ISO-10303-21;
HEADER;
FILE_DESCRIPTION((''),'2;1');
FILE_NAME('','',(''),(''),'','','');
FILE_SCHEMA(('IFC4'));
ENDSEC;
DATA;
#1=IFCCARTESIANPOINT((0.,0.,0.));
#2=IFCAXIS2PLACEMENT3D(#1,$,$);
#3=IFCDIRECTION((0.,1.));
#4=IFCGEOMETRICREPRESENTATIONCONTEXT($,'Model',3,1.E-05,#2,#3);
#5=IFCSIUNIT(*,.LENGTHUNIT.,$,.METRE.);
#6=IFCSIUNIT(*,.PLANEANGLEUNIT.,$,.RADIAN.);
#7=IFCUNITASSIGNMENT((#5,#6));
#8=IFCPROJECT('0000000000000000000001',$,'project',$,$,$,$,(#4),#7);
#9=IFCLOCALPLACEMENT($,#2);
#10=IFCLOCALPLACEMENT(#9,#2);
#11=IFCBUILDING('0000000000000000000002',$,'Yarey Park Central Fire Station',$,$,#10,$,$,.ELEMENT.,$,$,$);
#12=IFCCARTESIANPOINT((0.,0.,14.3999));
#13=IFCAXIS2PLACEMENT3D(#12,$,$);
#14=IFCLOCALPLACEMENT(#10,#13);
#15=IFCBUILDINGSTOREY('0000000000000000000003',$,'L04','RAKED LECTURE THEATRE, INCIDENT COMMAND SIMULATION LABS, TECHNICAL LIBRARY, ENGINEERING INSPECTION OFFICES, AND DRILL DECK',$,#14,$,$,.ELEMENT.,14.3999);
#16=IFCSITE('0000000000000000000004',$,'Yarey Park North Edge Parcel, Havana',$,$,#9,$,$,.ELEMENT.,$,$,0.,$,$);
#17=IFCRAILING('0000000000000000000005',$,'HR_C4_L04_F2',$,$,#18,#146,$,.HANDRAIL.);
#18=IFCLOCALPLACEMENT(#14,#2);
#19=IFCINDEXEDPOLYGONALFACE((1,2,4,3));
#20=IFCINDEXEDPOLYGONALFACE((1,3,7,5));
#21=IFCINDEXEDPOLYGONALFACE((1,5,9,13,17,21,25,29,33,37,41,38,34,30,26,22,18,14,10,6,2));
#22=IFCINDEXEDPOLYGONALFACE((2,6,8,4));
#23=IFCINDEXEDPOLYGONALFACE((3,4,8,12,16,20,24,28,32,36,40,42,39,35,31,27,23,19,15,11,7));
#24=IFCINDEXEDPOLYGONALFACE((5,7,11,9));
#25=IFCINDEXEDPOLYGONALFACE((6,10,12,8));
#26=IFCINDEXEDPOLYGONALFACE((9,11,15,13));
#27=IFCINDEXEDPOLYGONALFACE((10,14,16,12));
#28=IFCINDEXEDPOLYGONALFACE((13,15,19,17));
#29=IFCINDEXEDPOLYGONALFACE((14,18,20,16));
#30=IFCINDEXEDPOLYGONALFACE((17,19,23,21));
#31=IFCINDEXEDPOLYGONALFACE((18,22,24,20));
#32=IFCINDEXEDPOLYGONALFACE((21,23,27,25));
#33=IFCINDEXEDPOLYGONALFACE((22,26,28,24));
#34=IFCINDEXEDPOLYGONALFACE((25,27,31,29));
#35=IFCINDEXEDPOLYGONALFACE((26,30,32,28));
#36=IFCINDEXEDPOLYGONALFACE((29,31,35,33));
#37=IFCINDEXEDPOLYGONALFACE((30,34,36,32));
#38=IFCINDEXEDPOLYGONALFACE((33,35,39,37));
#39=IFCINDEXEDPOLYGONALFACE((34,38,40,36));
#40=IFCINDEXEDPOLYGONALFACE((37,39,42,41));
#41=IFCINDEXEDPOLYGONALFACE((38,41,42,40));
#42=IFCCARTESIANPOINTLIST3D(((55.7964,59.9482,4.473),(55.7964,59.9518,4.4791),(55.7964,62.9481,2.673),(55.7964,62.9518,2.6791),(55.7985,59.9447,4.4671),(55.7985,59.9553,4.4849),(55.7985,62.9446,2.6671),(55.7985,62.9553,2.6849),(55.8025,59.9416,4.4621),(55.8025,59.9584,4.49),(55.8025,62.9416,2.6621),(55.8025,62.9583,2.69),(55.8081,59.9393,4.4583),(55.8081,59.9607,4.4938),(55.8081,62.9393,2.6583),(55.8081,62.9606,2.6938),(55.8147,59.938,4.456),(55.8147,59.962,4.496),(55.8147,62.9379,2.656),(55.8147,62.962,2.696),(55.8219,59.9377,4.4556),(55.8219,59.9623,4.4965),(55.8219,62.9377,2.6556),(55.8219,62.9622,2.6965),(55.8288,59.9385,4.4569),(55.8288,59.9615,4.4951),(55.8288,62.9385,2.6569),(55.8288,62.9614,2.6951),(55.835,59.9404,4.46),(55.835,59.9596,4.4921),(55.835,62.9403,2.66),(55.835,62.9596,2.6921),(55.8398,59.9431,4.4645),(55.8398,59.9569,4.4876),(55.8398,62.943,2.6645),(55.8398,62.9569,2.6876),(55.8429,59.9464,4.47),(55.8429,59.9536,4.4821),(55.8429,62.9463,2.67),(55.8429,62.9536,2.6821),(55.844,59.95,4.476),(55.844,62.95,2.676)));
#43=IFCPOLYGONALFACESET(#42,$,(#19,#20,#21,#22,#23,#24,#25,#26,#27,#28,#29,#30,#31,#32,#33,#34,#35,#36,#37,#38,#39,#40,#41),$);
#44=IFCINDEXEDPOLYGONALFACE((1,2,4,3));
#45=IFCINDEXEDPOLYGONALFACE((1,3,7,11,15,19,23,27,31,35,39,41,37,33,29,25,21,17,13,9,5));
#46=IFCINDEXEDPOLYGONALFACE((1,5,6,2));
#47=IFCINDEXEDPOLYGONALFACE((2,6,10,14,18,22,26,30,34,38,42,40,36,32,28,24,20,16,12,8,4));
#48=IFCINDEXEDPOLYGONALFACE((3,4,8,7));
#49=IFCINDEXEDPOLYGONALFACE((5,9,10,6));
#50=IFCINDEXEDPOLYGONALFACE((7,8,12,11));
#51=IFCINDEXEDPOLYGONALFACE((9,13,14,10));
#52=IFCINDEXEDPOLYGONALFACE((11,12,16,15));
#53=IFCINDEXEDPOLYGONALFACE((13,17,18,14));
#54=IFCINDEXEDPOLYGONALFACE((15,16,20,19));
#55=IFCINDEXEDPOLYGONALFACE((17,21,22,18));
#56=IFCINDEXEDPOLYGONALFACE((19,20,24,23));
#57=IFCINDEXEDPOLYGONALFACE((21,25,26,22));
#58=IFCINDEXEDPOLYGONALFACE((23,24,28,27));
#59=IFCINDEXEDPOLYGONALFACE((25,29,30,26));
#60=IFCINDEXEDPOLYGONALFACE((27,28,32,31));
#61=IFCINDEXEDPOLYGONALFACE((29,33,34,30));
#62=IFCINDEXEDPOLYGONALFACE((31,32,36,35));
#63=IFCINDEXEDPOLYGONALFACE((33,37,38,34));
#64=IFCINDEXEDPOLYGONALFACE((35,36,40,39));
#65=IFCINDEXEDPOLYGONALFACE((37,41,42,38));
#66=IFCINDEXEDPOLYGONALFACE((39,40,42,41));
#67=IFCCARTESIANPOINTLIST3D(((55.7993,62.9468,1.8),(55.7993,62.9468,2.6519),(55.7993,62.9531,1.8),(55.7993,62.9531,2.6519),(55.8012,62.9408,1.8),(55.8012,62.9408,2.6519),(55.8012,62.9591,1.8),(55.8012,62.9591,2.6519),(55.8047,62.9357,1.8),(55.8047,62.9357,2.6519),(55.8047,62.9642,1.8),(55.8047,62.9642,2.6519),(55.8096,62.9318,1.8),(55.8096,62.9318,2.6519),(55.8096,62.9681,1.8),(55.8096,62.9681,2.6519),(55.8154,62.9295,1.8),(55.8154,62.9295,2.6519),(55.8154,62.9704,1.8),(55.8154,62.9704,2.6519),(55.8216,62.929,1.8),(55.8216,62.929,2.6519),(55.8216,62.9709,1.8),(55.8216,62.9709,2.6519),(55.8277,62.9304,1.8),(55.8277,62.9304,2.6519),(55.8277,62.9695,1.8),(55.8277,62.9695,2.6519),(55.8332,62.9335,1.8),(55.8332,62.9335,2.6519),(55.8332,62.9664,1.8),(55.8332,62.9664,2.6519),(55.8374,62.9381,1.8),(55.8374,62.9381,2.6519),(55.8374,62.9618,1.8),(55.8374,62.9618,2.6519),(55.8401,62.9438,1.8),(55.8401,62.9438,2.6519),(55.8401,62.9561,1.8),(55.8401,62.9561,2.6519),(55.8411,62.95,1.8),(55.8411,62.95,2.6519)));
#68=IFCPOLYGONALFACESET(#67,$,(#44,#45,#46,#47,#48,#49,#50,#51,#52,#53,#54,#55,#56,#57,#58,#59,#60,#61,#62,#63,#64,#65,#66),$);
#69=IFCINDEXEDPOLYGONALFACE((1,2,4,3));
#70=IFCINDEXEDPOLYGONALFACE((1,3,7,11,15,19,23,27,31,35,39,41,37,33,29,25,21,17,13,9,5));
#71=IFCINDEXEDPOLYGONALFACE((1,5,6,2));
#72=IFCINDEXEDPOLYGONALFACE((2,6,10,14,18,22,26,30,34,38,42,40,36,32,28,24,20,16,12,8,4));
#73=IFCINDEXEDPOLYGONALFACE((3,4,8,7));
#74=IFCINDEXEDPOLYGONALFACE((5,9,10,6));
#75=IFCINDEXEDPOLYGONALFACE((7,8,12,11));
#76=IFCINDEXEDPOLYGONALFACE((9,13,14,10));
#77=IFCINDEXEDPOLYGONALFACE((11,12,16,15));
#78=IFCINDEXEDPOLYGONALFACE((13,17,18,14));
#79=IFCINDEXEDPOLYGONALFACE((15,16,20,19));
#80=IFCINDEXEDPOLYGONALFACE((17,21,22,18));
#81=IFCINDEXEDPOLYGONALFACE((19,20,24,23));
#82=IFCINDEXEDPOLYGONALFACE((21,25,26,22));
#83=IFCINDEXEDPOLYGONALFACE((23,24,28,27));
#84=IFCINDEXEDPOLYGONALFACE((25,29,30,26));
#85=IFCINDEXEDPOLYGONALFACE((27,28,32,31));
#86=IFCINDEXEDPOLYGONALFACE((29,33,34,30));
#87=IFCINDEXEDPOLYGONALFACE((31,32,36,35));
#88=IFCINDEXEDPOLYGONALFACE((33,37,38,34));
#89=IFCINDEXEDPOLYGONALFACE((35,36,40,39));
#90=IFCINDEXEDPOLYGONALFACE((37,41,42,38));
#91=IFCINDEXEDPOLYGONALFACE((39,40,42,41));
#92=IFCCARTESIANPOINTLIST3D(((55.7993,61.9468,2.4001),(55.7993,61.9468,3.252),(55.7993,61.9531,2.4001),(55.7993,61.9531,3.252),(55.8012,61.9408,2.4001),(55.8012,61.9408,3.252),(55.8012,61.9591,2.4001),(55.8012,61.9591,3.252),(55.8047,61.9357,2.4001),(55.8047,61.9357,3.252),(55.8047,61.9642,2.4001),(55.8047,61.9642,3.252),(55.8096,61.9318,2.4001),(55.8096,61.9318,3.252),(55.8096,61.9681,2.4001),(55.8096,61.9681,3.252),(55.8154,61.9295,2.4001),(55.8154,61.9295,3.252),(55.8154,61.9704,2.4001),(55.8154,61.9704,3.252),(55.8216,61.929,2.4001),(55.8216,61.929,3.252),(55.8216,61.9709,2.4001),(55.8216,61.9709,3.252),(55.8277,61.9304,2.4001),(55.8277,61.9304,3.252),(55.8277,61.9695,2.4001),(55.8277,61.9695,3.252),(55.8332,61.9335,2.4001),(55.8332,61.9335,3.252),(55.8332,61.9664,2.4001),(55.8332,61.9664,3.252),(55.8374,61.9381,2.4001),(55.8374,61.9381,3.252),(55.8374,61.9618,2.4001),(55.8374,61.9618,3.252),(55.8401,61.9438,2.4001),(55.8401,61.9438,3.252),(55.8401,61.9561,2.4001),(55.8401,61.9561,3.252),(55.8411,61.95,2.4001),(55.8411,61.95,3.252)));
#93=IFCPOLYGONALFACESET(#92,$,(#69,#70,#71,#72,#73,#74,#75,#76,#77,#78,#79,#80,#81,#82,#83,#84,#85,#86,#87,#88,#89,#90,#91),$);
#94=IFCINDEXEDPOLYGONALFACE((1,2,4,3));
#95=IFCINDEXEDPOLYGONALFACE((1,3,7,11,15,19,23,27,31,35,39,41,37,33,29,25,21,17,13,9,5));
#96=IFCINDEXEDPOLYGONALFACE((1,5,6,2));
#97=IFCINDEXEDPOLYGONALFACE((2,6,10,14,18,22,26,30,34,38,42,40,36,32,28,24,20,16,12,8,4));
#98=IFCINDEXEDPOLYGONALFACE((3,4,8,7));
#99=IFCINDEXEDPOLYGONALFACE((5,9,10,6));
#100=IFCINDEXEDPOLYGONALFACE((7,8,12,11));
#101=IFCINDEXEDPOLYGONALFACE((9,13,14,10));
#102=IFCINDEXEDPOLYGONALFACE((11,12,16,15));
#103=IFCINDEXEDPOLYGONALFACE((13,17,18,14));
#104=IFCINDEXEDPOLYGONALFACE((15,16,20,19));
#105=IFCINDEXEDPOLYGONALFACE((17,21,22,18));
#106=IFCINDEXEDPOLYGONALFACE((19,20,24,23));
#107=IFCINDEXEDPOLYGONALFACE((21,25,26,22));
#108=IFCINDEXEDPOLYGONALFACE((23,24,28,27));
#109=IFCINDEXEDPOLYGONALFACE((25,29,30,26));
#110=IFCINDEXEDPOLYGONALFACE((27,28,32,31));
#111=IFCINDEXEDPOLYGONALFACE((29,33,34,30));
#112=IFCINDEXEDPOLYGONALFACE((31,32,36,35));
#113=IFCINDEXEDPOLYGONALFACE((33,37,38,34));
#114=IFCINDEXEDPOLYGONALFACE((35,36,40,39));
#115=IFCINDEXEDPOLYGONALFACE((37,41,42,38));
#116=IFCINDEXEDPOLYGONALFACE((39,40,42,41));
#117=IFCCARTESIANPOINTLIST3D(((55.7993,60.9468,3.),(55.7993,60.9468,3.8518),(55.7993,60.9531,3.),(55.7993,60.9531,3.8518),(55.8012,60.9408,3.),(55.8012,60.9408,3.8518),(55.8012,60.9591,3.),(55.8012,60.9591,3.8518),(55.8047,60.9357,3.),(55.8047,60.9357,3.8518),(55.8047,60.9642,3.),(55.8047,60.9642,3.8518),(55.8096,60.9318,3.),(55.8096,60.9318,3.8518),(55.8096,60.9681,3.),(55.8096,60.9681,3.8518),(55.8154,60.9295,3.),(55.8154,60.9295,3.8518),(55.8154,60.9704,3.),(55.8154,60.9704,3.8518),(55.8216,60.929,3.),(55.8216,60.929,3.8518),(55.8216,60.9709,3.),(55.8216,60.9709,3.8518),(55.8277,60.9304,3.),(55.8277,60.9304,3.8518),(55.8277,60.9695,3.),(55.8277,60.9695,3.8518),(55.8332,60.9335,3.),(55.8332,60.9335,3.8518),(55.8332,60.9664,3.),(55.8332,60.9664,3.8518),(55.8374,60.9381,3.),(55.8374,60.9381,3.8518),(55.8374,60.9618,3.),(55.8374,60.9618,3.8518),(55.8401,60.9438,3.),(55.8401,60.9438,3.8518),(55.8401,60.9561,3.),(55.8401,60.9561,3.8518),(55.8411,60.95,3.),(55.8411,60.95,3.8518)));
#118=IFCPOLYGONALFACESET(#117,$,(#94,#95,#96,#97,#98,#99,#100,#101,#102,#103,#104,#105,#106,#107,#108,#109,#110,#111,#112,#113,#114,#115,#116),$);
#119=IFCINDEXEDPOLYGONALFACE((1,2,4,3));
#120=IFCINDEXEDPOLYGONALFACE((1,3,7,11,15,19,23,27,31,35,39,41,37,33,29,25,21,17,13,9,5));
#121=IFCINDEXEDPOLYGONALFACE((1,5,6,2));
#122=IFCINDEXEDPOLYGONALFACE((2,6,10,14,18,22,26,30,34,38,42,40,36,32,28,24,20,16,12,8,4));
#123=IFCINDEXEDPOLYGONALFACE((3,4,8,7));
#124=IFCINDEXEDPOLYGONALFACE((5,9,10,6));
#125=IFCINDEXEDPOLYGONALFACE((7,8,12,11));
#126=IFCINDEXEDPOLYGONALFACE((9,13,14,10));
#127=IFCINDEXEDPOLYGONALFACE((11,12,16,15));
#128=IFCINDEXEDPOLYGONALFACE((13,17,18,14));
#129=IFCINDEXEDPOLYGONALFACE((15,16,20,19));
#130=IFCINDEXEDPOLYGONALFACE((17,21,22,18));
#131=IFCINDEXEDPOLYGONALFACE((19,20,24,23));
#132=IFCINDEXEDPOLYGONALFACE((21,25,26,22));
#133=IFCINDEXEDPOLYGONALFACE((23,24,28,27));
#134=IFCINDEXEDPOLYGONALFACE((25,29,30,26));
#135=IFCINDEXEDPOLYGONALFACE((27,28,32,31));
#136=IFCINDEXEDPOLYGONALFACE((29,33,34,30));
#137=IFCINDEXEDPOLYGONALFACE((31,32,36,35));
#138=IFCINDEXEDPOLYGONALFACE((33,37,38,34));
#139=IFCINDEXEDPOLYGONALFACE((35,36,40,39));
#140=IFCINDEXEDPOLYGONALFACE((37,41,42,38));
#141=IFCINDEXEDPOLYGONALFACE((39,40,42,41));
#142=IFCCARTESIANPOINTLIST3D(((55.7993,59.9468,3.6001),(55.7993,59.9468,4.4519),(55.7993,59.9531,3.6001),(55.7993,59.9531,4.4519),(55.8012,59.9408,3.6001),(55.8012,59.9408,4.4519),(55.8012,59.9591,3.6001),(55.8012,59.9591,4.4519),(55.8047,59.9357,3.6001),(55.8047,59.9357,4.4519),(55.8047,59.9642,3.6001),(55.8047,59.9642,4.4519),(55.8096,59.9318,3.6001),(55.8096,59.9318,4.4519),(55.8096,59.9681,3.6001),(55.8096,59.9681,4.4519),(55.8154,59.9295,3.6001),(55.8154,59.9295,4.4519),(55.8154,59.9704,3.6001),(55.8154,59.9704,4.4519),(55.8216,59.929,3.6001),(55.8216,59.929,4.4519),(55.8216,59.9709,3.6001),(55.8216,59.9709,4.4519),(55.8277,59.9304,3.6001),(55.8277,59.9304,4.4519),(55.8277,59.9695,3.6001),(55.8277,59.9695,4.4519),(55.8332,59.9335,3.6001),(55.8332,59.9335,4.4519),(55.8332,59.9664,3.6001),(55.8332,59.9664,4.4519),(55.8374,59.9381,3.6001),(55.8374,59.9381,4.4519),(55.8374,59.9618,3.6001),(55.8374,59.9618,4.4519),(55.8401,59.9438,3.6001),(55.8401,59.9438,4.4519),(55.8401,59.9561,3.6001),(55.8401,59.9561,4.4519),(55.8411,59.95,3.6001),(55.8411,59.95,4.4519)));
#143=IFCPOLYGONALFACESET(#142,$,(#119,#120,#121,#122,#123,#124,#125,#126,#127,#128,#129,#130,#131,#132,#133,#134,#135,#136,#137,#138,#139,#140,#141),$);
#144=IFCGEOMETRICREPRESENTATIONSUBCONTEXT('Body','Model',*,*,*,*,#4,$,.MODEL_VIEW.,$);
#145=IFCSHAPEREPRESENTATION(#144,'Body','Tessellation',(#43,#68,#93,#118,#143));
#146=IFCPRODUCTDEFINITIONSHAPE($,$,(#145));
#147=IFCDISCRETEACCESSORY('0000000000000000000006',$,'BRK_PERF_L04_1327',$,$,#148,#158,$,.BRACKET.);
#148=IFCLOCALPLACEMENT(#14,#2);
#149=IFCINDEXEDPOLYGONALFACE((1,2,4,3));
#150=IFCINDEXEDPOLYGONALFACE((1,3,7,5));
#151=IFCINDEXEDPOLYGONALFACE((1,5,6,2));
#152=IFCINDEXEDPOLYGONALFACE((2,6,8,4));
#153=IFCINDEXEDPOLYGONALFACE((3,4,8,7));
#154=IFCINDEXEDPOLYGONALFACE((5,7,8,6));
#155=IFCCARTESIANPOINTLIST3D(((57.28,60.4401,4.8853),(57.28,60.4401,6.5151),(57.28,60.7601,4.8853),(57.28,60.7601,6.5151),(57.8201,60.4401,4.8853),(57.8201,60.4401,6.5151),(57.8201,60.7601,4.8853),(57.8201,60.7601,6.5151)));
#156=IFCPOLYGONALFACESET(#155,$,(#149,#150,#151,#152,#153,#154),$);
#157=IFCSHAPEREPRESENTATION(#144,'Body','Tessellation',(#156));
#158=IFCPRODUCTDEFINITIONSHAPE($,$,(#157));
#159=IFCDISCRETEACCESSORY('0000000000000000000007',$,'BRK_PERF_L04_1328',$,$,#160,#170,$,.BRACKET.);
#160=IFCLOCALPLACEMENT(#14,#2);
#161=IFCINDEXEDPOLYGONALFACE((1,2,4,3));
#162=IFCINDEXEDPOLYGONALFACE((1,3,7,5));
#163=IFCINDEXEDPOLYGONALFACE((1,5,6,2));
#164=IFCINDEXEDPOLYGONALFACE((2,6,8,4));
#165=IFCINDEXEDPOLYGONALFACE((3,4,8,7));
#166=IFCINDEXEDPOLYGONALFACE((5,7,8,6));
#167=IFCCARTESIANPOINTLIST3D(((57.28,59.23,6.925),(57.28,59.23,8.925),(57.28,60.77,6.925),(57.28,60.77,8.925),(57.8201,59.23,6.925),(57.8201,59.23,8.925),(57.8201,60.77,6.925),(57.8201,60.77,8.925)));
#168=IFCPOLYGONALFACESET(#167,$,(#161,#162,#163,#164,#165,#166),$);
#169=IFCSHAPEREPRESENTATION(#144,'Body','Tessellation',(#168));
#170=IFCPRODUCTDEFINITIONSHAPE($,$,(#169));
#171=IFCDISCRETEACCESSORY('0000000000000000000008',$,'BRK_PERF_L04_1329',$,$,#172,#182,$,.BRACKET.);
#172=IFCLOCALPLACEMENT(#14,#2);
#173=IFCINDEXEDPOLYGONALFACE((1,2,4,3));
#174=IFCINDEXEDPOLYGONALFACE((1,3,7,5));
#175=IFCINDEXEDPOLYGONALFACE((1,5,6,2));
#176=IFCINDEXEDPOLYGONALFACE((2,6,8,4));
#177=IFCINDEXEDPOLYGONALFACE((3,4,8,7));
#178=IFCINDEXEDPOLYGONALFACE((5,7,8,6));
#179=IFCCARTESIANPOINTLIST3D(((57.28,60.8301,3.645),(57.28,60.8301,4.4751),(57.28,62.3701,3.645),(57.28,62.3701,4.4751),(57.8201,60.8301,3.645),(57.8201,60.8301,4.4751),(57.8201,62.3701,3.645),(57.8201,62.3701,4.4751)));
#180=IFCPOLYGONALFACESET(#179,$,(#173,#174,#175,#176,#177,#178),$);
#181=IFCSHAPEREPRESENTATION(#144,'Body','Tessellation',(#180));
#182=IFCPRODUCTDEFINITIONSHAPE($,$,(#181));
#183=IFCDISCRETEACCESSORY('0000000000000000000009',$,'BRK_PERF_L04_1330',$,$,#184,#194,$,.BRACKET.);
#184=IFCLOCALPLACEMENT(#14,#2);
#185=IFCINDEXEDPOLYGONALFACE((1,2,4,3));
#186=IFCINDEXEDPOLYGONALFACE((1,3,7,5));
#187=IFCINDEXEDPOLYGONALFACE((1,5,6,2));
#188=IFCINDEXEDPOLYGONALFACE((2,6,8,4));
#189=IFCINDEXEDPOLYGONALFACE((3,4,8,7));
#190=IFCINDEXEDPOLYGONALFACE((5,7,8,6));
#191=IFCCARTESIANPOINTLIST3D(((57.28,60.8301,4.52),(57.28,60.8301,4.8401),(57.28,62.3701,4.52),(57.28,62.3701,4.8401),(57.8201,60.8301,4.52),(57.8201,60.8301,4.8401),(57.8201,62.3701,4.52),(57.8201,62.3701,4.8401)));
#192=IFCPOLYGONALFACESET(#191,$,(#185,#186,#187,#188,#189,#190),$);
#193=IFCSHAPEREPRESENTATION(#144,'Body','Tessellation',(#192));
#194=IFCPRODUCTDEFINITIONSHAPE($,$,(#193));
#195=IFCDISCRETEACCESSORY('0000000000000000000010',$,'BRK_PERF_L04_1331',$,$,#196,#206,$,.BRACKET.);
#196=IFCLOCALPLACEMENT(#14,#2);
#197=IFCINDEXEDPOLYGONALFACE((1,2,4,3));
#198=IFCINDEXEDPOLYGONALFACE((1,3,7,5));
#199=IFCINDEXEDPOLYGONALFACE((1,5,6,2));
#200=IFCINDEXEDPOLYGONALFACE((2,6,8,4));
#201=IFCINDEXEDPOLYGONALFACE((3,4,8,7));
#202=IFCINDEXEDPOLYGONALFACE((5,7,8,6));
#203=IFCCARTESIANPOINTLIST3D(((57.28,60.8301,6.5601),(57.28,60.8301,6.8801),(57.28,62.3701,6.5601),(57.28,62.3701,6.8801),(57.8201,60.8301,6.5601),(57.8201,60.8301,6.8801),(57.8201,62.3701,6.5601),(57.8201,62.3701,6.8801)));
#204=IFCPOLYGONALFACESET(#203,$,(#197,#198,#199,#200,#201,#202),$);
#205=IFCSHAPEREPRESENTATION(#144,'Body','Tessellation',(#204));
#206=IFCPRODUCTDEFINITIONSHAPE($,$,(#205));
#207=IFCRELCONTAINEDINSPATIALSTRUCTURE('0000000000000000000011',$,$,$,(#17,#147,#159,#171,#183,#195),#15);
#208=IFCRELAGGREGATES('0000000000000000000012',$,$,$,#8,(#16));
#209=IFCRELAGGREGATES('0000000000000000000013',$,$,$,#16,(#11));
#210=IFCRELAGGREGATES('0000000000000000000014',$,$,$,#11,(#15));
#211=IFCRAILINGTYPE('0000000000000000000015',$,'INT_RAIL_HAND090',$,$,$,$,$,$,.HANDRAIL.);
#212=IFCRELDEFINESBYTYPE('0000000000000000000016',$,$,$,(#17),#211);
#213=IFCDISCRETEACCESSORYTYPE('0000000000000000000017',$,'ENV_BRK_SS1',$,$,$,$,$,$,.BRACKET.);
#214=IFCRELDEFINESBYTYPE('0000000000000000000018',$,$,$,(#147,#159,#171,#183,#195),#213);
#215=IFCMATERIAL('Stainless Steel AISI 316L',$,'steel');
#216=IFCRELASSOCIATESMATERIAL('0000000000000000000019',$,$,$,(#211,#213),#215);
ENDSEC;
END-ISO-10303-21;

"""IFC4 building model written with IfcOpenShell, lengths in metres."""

from ifc_helpers import new_model, si_unit, direction, frame, origin, origin_2d, place, context, subcontext, project, spatial, rectangle, circle, extrude, material, type_object, element, save


model = new_model("IFC4")

# Units and contexts
model_context = context("Model", 3, precision=1e-05, world=origin(), true_north=direction((0.0, 1.0)))
body_context = subcontext(model_context, "Body", "Model", "MODEL_VIEW")
ifc_project = project(units=[si_unit("LENGTHUNIT", "METRE"), si_unit("PLANEANGLEUNIT", "RADIAN")], contexts=[model_context])

# Site, building, storey
site_placement = place(None, origin())
site = spatial("IfcSite", under=ifc_project, at=site_placement, Name="Yarey Park North Edge Parcel, Havana", CompositionType="ELEMENT", RefElevation=0.0)
building_placement = place(site_placement, origin())
building = spatial("IfcBuilding", under=site, at=building_placement, Name="Yarey Park Central Fire Station", CompositionType="ELEMENT")
storey_placement = place(building_placement, frame((0.0, 0.0, 14.3999)))
storey = spatial("IfcBuildingStorey", under=building, at=storey_placement, Name="L04", Description="RAKED LECTURE THEATRE, INCIDENT COMMAND SIMULATION LABS, TECHNICAL LIBRARY, ENGINEERING INSPECTION OFFICES, AND DRILL DECK", CompositionType="ELEMENT", Elevation=14.3999)

# Railing
ifc_material_1 = material(Name="Stainless Steel AISI 316L", Category="steel")
railing_type_1 = type_object("IfcRailingType", Name="INT_RAIL_HAND090", PredefinedType="HANDRAIL", material=ifc_material_1)
railing_1_placement = place(storey_placement, frame((55.8201, 62.95, 1.8)))
element("IfcRailing", 1, at=railing_1_placement, inside=storey, type_object=railing_type_1, Name="HR_C4_L04_F2", PredefinedType="HANDRAIL", context=body_context, shape_type="SweptSolid", body=[
    extrude(circle(Radius=0.0239, at=origin_2d()), frame((0.0, 0.0, 0.876), z_axis=(0.0, -0.857487, 0.514506), x_axis=(1.0, 0.0, 0.0)), (0.0, 0.0, 1.0), 3.4985),
    extrude(circle(Radius=0.021, at=origin_2d()), origin(), (0.0, 0.0, 1.0), 0.8518),
    extrude(circle(Radius=0.021, at=origin_2d()), frame((0.0, -1.0, 0.6001)), (0.0, 0.0, 1.0), 0.8518),
    extrude(circle(Radius=0.021, at=origin_2d()), frame((0.0, -2.0, 1.2)), (0.0, 0.0, 1.0), 0.8518),
    extrude(circle(Radius=0.021, at=origin_2d()), frame((0.0, -3.0, 1.8)), (0.0, 0.0, 1.0), 0.8518),
])

# Discrete accessories
discrete_accessory_type = type_object("IfcDiscreteAccessoryType", Name="ENV_BRK_SS1", PredefinedType="BRACKET", material=ifc_material_1)
discrete_accessory_1_placement = place(storey_placement, frame((57.55, 60.6001, 4.8853), z_axis=(0.0, 0.0, 1.0), x_axis=(1.0, 0.0, 0.0)))
element("IfcDiscreteAccessory", 2, at=discrete_accessory_1_placement, inside=storey, type_object=discrete_accessory_type, Name="BRK_PERF_L04_1327", PredefinedType="BRACKET", context=body_context, shape_type="SweptSolid", body=[
    extrude(rectangle(XDim=0.54, YDim=0.3201, at=origin_2d()), origin(), (0.0, 0.0, 1.0), 1.6299),
])
discrete_accessory_2_placement = place(storey_placement, frame((57.55, 60.0, 6.925), z_axis=(0.0, 0.0, 1.0), x_axis=(1.0, 0.0, 0.0)))
element("IfcDiscreteAccessory", 3, at=discrete_accessory_2_placement, inside=storey, type_object=discrete_accessory_type, Name="BRK_PERF_L04_1328", PredefinedType="BRACKET", context=body_context, shape_type="SweptSolid", body=[
    extrude(rectangle(XDim=0.54, YDim=1.54, at=origin_2d()), origin(), (0.0, 0.0, 1.0), 2.0),
])
discrete_accessory_3_placement = place(storey_placement, frame((57.55, 61.6001, 3.645), z_axis=(0.0, 0.0, 1.0), x_axis=(1.0, 0.0, 0.0)))
element("IfcDiscreteAccessory", 4, at=discrete_accessory_3_placement, inside=storey, type_object=discrete_accessory_type, Name="BRK_PERF_L04_1329", PredefinedType="BRACKET", context=body_context, shape_type="SweptSolid", body=[
    extrude(rectangle(XDim=0.54, YDim=1.54, at=origin_2d()), origin(), (0.0, 0.0, 1.0), 0.8301),
])
for number, where, z_axis, x_axis, name in (
    (5, (57.55, 61.6001, 4.52), (0.0, 0.0, 1.0), (1.0, 0.0, 0.0), "BRK_PERF_L04_1330"),
    (6, (57.55, 61.6001, 6.5601), (0.0, 0.0, 1.0), (1.0, 0.0, 0.0), "BRK_PERF_L04_1331"),
):
    element("IfcDiscreteAccessory", number, at=place(storey_placement, frame(where, z_axis=z_axis, x_axis=x_axis)), inside=storey, type_object=discrete_accessory_type, Name=name, PredefinedType="BRACKET", context=body_context, shape_type="SweptSolid", body=[
        extrude(rectangle(XDim=0.54, YDim=1.54, at=origin_2d()), origin(), (0.0, 0.0, 1.0), 0.3201),
    ])

save(model, "model.ifc")
